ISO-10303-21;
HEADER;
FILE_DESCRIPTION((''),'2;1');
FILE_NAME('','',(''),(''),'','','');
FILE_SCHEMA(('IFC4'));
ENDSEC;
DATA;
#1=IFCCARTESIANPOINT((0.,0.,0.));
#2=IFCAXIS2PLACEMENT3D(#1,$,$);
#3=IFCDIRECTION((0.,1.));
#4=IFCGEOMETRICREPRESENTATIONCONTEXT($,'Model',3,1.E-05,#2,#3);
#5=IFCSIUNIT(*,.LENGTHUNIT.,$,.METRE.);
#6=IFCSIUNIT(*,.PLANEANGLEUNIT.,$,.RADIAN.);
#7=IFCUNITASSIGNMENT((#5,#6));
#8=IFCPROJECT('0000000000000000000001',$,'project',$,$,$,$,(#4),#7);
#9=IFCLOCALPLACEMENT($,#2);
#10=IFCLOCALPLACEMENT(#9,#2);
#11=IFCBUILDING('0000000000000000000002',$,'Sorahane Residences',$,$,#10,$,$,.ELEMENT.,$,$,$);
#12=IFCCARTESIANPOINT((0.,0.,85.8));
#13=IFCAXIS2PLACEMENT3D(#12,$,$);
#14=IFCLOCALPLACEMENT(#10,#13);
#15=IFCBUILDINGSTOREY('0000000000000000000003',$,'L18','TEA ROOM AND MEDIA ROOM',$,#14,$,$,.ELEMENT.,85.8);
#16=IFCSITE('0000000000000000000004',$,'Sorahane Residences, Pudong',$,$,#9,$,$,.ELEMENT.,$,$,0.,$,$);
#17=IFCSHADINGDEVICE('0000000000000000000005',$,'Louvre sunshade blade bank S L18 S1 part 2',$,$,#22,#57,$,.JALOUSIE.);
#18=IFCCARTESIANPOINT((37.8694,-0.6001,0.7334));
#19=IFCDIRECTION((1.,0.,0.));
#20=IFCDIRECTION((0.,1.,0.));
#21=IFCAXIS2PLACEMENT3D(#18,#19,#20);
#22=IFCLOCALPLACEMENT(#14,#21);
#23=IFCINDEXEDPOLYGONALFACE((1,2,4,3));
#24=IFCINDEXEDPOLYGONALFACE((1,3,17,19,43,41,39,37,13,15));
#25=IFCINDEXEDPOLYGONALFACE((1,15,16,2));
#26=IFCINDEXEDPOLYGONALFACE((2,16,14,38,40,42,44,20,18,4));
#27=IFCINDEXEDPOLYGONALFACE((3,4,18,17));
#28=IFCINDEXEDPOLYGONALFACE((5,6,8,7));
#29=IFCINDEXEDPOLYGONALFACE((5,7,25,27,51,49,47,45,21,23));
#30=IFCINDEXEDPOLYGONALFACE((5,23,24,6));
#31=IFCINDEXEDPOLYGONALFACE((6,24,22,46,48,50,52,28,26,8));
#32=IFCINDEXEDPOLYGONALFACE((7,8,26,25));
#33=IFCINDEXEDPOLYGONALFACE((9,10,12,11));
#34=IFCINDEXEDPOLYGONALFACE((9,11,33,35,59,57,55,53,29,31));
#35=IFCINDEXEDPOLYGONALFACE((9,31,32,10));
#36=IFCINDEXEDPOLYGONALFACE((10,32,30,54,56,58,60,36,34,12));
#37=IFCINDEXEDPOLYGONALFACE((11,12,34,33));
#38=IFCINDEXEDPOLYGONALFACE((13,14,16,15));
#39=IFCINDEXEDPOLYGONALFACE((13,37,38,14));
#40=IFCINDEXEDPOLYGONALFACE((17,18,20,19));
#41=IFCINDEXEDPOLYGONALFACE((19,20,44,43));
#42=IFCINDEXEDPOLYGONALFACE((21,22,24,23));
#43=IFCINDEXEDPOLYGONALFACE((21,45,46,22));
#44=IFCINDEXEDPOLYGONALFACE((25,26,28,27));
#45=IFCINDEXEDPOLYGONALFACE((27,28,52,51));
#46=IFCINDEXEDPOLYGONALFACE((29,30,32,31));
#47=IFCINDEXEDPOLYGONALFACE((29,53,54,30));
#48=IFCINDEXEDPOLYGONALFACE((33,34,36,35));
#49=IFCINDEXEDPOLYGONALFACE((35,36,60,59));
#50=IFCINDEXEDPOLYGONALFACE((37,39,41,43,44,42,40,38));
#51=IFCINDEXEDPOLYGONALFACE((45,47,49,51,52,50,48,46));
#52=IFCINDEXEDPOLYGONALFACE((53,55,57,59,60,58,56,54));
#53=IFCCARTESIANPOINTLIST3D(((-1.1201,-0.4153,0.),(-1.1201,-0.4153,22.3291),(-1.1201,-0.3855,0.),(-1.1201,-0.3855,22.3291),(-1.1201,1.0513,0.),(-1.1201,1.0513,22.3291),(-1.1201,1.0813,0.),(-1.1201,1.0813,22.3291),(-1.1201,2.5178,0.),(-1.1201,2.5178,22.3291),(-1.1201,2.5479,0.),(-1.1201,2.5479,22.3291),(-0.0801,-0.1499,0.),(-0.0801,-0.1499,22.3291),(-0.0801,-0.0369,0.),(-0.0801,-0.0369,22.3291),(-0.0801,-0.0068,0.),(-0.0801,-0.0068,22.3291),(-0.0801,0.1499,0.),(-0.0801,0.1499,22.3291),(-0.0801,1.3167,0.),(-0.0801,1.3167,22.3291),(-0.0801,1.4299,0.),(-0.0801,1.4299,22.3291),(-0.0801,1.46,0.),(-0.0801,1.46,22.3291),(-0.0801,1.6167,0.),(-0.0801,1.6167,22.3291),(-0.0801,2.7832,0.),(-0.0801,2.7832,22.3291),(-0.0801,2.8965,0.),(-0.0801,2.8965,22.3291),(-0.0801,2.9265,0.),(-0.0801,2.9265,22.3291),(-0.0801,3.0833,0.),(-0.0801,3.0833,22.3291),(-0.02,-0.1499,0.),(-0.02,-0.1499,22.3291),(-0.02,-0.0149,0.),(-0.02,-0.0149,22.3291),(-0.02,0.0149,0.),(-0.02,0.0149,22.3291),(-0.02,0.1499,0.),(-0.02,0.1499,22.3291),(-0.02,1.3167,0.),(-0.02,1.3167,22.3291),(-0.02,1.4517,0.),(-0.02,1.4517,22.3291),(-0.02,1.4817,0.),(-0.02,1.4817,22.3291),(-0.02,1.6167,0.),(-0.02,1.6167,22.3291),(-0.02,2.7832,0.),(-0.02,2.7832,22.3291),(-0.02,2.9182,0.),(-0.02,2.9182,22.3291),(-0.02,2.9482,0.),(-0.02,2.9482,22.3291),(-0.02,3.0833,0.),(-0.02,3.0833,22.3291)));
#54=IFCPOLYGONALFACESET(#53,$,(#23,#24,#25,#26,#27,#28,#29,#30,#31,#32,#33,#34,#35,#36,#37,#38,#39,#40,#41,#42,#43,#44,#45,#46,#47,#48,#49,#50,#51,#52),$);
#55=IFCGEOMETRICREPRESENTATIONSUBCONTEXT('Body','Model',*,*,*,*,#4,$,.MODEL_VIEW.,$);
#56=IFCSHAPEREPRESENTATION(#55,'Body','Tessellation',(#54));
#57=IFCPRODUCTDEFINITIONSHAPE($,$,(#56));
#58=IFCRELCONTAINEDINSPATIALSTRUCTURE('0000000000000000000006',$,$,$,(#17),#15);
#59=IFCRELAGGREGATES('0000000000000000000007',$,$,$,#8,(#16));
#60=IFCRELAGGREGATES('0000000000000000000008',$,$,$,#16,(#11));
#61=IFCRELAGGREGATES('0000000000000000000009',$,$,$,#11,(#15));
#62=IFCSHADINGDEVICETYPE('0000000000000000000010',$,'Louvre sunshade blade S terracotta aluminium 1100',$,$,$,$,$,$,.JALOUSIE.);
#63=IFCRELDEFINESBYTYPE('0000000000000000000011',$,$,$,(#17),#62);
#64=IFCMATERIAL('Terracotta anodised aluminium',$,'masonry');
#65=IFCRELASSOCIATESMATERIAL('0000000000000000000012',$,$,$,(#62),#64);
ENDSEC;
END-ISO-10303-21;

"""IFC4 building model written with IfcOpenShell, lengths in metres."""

from ifc_helpers import new_model, si_unit, direction, frame, origin, place, context, subcontext, project, spatial, polyline, outline, composite_profile, extrude, material, type_object, element, save


model = new_model("IFC4")

# Units and contexts
model_context = context("Model", 3, precision=1e-05, world=origin(), true_north=direction((0.0, 1.0)))
body_context = subcontext(model_context, "Body", "Model", "MODEL_VIEW")
ifc_project = project(units=[si_unit("LENGTHUNIT", "METRE"), si_unit("PLANEANGLEUNIT", "RADIAN")], contexts=[model_context])

# Site, building, storey
site_placement = place(None, origin())
site = spatial("IfcSite", under=ifc_project, at=site_placement, Name="Sorahane Residences, Pudong", CompositionType="ELEMENT", RefElevation=0.0)
building_placement = place(site_placement, origin())
building = spatial("IfcBuilding", under=site, at=building_placement, Name="Sorahane Residences", CompositionType="ELEMENT")
storey_placement = place(building_placement, frame((0.0, 0.0, 85.8)))
storey = spatial("IfcBuildingStorey", under=building, at=storey_placement, Name="L18", Description="TEA ROOM AND MEDIA ROOM", CompositionType="ELEMENT", Elevation=85.8)

# Shading device
ifc_material_1 = material(Name="Terracotta anodised aluminium", Category="masonry")
shading_device_type = type_object("IfcShadingDeviceType", Name="Louvre sunshade blade S terracotta aluminium 1100", PredefinedType="JALOUSIE", material=ifc_material_1)
shading_device_placement = place(storey_placement, frame((37.8694, -0.6001, 0.7334), z_axis=(1.0, 0.0, 0.0), x_axis=(0.0, 1.0, 0.0)))
element("IfcShadingDevice", 1, at=shading_device_placement, inside=storey, type_object=shading_device_type, Name="Louvre sunshade blade bank S L18 S1 part 2", PredefinedType="JALOUSIE", context=body_context, shape_type="SweptSolid", body=[
    extrude(composite_profile([outline(polyline([(-1.1201, -0.3855), (-1.1201, -0.4153), (-0.0801, -0.0369), (-0.0801, -0.1499), (-0.02, -0.1499), (-0.02, -0.0149), (-0.02, 0.0149), (-0.02, 0.1499), (-0.0801, 0.1499), (-0.0801, -0.0068), (-1.1201, -0.3855)])), outline(polyline([(-1.1201, 1.0813), (-1.1201, 1.0513), (-0.0801, 1.4299), (-0.0801, 1.3167), (-0.02, 1.3167), (-0.02, 1.4517), (-0.02, 1.4817), (-0.02, 1.6167), (-0.0801, 1.6167), (-0.0801, 1.46), (-1.1201, 1.0813)])), outline(polyline([(-1.1201, 2.5479), (-1.1201, 2.5178), (-0.0801, 2.8965), (-0.0801, 2.7832), (-0.02, 2.7832), (-0.02, 2.9182), (-0.02, 2.9482), (-0.02, 3.0833), (-0.0801, 3.0833), (-0.0801, 2.9265), (-1.1201, 2.5479)]))]), origin(), (0.0, 0.0, 1.0), 22.3291),
])

save(model, "model.ifc")
